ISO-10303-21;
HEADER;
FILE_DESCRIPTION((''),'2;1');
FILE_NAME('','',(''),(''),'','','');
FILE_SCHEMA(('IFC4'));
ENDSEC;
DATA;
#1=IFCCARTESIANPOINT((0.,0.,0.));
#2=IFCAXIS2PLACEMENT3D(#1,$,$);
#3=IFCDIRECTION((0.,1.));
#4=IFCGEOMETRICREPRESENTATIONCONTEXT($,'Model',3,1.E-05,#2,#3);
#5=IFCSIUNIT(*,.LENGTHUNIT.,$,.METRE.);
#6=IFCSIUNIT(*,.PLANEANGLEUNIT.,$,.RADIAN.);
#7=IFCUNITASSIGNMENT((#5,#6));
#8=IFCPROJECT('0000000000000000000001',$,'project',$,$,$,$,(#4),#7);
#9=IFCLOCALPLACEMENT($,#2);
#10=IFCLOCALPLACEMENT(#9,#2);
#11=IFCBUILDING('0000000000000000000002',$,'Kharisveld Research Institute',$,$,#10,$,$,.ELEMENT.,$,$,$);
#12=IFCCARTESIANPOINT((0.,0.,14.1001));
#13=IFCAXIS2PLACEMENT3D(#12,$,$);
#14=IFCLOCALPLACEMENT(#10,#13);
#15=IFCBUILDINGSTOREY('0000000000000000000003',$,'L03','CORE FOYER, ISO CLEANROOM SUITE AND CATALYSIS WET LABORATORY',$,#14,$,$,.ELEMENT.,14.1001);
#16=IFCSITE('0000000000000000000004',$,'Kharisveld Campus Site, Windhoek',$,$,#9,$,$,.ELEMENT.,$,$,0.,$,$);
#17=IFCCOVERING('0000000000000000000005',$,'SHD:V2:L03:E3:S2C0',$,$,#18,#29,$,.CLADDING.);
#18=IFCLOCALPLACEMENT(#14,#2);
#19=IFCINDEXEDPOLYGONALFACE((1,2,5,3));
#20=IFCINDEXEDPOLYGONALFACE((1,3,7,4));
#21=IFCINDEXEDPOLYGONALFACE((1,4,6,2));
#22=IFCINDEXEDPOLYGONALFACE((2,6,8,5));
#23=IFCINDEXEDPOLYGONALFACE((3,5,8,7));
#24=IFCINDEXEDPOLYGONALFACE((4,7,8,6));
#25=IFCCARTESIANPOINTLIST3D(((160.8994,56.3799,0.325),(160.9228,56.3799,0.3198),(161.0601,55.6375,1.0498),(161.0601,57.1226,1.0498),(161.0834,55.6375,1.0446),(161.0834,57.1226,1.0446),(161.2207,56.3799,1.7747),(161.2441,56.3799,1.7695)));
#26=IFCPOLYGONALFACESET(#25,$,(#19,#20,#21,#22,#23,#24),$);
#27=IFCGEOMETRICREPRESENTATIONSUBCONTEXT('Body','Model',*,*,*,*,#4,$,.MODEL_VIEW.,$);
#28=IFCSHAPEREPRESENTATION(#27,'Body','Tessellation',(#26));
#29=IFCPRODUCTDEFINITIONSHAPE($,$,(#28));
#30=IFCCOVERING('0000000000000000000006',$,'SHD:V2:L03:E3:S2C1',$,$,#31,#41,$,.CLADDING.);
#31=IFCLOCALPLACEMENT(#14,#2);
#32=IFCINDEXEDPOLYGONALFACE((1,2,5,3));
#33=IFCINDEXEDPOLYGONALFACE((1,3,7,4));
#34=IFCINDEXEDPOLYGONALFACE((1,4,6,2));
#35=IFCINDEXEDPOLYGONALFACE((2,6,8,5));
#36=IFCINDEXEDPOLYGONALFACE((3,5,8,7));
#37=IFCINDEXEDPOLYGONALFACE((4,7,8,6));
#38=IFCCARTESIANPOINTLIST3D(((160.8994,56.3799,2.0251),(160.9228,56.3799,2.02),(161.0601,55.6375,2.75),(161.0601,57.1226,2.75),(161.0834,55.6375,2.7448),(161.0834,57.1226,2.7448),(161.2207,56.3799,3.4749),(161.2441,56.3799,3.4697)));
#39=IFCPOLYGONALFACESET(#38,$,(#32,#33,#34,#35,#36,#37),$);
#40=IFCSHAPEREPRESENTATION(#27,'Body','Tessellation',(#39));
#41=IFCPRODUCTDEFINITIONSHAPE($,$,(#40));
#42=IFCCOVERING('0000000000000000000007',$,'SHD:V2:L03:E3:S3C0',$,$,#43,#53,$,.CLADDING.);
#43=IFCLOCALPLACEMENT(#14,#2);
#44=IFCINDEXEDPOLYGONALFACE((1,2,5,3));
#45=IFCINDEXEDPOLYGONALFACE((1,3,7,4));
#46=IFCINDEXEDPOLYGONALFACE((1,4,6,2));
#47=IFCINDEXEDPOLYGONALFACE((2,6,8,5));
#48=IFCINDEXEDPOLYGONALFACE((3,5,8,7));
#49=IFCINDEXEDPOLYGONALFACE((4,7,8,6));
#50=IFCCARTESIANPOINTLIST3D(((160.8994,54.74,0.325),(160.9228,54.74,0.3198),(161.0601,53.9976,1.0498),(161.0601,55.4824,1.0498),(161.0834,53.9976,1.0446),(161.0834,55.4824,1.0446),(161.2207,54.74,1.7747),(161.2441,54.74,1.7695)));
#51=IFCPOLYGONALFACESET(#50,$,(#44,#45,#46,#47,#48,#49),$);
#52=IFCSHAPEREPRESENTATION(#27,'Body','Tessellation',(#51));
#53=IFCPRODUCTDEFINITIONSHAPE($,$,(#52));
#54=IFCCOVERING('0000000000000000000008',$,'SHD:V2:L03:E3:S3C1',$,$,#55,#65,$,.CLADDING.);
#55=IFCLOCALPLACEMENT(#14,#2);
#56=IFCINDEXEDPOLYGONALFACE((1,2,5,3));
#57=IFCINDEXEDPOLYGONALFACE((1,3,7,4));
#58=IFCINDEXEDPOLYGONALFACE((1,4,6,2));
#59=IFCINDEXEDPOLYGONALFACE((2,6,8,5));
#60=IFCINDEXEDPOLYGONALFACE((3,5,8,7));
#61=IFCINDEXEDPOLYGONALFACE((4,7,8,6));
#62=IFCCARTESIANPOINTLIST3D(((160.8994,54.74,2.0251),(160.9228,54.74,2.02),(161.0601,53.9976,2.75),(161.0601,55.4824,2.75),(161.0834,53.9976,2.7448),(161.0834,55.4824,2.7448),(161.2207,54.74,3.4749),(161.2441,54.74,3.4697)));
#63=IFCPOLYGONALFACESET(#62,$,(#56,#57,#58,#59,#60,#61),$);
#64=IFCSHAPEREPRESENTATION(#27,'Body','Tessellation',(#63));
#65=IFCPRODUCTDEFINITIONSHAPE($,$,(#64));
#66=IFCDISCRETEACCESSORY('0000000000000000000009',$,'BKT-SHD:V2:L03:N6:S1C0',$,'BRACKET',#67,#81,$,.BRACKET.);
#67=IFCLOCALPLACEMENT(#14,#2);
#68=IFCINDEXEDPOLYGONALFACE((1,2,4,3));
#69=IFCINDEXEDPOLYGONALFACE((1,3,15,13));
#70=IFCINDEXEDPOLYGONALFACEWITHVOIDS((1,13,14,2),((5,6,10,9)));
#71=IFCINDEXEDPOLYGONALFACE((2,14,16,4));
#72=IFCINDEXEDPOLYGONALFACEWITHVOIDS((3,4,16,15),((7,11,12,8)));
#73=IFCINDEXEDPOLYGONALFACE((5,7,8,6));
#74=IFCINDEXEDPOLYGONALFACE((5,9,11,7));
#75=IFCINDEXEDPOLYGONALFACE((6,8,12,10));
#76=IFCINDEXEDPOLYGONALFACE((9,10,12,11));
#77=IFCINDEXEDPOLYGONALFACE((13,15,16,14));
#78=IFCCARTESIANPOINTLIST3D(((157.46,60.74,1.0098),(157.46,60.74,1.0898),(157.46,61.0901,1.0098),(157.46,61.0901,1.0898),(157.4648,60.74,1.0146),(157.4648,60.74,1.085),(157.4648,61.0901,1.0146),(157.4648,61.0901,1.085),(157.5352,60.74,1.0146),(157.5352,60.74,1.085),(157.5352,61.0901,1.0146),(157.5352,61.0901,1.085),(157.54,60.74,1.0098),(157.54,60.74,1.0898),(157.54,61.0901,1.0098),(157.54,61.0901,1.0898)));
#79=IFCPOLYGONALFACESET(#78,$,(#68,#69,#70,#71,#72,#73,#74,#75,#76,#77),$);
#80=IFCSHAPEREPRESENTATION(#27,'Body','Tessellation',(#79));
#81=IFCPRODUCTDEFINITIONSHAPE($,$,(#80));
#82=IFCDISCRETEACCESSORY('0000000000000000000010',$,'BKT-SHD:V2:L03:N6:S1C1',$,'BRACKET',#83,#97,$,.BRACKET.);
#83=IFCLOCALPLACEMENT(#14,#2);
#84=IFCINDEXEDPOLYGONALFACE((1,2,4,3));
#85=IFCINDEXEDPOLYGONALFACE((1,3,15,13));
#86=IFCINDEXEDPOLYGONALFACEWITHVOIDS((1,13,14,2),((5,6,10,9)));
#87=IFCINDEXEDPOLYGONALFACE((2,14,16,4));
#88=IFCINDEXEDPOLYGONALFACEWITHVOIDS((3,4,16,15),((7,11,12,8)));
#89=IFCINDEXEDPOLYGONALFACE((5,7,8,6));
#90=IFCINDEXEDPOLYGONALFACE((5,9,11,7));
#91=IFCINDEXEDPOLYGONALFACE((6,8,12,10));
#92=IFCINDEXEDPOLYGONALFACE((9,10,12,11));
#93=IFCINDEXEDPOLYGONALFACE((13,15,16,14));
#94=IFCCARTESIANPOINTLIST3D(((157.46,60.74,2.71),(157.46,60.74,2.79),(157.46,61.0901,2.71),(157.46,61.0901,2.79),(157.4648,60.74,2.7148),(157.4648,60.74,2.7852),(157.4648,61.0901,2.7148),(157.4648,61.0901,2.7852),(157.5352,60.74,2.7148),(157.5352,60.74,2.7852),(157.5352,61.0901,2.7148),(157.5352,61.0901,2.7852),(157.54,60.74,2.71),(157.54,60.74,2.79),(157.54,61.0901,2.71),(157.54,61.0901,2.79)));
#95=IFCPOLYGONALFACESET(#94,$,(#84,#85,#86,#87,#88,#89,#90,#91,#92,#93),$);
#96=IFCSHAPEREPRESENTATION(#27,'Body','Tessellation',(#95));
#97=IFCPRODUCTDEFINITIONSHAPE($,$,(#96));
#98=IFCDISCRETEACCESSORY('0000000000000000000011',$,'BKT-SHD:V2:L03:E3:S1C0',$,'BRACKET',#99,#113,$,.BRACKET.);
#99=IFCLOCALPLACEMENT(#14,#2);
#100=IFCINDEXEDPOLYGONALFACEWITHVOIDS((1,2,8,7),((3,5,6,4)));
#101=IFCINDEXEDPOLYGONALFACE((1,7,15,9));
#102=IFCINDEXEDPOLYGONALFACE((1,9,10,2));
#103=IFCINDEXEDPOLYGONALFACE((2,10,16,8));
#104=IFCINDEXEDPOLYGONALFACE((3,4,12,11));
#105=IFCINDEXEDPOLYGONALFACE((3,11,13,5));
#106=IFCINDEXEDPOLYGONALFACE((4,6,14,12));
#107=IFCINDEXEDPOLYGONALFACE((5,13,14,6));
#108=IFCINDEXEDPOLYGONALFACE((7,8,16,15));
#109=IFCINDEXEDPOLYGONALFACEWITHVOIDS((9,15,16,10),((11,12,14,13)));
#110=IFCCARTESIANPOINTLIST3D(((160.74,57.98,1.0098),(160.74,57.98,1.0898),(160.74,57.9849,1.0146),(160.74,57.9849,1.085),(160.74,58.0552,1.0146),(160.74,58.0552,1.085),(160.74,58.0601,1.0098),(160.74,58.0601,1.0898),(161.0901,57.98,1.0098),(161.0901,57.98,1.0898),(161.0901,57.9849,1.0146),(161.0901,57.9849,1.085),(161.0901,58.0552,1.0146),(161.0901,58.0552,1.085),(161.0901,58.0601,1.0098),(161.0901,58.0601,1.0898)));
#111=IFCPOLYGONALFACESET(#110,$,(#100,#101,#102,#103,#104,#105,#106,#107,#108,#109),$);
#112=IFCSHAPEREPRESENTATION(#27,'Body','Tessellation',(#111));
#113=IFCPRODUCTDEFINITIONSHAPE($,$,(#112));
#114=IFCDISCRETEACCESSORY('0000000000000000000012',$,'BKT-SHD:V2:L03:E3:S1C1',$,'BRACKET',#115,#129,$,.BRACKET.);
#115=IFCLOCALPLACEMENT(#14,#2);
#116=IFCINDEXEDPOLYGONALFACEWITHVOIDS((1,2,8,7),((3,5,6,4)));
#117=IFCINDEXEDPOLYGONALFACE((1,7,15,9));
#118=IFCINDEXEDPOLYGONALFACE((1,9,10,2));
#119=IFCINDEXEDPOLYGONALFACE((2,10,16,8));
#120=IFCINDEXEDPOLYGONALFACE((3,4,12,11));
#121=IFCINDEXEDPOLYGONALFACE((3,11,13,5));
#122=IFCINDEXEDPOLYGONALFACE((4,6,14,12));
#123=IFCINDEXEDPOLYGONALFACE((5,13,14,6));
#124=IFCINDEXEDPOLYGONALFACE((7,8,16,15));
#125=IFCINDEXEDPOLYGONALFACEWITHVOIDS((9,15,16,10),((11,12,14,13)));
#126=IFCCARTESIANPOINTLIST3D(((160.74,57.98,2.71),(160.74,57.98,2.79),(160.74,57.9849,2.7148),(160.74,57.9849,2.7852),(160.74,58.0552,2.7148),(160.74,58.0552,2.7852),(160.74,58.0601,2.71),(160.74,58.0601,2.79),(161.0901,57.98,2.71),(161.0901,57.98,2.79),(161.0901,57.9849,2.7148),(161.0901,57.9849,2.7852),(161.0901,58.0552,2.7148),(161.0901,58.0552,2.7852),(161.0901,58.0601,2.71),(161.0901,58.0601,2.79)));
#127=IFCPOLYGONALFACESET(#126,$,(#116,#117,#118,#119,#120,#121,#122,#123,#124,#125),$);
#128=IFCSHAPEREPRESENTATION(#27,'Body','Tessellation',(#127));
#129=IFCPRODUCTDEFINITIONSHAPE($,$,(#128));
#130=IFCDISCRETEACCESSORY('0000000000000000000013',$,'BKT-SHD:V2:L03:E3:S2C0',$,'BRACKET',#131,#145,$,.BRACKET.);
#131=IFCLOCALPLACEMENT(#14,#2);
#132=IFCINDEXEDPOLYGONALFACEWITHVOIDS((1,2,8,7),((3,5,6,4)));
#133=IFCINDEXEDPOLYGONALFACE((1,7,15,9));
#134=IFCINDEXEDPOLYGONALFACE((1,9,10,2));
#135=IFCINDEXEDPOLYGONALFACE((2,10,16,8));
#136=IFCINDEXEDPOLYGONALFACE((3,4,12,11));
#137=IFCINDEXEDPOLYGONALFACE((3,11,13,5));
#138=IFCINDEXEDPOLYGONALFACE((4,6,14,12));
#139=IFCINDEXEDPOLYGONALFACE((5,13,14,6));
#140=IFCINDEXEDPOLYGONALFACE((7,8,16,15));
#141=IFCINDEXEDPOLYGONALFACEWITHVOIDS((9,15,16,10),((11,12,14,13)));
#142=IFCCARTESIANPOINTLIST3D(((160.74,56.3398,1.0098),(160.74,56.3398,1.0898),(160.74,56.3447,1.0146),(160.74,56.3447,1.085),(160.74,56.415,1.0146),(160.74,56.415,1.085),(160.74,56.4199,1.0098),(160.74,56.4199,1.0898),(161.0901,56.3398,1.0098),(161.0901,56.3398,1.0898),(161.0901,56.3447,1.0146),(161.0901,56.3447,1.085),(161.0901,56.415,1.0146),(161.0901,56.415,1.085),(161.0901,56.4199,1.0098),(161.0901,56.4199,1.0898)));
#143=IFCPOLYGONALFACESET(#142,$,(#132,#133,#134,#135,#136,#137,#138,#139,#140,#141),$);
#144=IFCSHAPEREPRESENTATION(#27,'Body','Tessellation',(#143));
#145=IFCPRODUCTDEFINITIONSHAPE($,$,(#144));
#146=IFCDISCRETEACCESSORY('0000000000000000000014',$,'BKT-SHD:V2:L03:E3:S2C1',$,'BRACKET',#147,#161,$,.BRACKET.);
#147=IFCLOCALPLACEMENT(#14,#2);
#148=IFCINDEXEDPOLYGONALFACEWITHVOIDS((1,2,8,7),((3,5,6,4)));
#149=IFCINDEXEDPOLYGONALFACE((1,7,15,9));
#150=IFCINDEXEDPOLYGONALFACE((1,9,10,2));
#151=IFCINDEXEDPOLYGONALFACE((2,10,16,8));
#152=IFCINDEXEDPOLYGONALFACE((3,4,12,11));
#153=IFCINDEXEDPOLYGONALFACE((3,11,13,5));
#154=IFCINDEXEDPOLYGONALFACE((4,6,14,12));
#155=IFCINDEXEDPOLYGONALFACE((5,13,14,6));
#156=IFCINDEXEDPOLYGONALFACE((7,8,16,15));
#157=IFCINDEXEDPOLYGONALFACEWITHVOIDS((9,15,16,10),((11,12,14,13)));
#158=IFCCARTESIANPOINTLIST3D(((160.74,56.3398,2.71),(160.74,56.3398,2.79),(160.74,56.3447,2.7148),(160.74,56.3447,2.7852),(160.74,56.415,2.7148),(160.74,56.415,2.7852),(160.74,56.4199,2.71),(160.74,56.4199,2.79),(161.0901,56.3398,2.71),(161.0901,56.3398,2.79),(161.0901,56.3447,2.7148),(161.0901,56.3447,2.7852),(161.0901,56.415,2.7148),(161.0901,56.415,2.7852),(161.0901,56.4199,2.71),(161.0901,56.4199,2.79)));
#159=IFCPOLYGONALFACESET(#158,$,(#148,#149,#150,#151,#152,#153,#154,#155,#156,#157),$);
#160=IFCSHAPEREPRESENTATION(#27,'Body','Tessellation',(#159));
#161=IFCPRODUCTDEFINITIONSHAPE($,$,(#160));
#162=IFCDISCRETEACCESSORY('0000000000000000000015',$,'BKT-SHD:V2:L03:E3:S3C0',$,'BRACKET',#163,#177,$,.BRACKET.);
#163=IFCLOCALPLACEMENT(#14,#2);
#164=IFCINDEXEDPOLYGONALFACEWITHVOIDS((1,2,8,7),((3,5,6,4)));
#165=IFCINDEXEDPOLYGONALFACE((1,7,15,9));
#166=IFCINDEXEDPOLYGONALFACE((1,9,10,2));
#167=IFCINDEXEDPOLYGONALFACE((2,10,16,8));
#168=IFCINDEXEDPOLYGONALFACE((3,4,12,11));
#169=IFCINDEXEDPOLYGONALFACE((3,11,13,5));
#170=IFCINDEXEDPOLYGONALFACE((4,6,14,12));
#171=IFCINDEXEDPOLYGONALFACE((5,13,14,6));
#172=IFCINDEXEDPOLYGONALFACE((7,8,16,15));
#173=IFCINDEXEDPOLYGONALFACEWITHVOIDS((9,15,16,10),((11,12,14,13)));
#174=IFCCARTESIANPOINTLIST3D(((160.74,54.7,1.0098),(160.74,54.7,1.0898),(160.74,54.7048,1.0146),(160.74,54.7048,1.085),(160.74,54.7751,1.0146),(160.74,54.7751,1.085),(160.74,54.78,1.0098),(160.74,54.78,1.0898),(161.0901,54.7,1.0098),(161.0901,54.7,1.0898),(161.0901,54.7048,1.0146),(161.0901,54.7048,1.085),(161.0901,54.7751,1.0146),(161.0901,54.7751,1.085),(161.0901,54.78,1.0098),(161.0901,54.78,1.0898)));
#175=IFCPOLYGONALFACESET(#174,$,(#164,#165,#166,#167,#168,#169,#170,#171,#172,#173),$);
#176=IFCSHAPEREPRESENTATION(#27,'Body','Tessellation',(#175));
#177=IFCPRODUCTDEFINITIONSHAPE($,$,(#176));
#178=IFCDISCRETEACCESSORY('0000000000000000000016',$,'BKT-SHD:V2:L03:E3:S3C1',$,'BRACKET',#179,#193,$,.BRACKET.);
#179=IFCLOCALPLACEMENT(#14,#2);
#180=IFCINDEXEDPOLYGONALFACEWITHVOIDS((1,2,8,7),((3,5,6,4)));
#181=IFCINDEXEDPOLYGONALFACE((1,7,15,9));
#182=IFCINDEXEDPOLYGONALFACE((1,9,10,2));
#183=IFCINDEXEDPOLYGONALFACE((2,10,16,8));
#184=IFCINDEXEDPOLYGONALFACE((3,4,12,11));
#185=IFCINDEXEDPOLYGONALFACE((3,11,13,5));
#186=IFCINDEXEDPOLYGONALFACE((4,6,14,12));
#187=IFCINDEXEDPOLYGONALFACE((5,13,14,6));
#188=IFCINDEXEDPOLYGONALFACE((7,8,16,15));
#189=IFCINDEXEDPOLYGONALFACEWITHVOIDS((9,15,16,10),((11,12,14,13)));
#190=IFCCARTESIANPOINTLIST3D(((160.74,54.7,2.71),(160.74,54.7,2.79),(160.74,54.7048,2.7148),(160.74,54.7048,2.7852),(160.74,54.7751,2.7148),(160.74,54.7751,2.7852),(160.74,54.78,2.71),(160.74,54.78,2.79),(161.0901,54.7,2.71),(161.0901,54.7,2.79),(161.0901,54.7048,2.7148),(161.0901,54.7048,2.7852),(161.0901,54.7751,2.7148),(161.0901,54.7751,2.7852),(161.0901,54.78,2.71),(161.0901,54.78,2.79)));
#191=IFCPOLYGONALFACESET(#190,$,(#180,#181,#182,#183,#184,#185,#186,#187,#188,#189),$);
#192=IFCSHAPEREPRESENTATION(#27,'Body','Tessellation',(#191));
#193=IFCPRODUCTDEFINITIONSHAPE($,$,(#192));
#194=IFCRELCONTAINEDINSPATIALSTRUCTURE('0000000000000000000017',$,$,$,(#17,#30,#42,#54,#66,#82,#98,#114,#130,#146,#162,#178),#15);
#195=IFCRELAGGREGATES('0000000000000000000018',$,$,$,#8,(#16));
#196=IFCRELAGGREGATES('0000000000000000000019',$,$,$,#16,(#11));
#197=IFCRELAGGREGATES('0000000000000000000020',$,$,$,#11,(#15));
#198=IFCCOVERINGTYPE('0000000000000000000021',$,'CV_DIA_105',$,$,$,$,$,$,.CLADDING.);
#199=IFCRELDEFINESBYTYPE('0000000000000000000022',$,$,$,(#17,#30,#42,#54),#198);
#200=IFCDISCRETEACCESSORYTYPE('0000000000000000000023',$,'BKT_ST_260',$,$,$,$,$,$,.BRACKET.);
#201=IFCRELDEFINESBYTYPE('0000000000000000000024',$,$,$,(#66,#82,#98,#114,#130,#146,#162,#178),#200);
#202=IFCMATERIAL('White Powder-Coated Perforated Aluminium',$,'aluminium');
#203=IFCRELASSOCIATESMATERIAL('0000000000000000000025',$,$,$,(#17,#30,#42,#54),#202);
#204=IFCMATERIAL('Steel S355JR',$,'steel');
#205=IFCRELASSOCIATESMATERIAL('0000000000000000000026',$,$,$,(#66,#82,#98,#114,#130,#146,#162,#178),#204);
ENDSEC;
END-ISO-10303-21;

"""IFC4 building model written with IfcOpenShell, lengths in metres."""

from ifc_helpers import new_model, si_unit, direction, frame, origin, origin_2d, place, context, subcontext, project, spatial, polyline, hollow_rectangle, outline, extrude, material, type_object, element, save


model = new_model("IFC4")

# Units and contexts
model_context = context("Model", 3, precision=1e-05, world=origin(), true_north=direction((0.0, 1.0)))
body_context = subcontext(model_context, "Body", "Model", "MODEL_VIEW")
ifc_project = project(units=[si_unit("LENGTHUNIT", "METRE"), si_unit("PLANEANGLEUNIT", "RADIAN")], contexts=[model_context])

# Site, building, storey
site_placement = place(None, origin())
site = spatial("IfcSite", under=ifc_project, at=site_placement, Name="Kharisveld Campus Site, Windhoek", CompositionType="ELEMENT", RefElevation=0.0)
building_placement = place(site_placement, origin())
building = spatial("IfcBuilding", under=site, at=building_placement, Name="Kharisveld Research Institute", CompositionType="ELEMENT")
storey_placement = place(building_placement, frame((0.0, 0.0, 14.1001)))
storey = spatial("IfcBuildingStorey", under=building, at=storey_placement, Name="L03", Description="CORE FOYER, ISO CLEANROOM SUITE AND CATALYSIS WET LABORATORY", CompositionType="ELEMENT", Elevation=14.1001)

# Coverings
ifc_material_1 = material(Name="White Powder-Coated Perforated Aluminium", Category="aluminium")
covering_type = type_object("IfcCoveringType", Name="CV_DIA_105", PredefinedType="CLADDING")
for number, where, z_axis, x_axis, name in (
    (1, (160.8994, 56.3799, 0.325), (-0.976311, 0.0, 0.216373), (0.153, -0.707102, 0.69036), "SHD:V2:L03:E3:S2C0"),
    (2, (160.8994, 56.3799, 2.0251), (-0.976311, 0.0, 0.216373), (0.153, -0.707102, 0.69036), "SHD:V2:L03:E3:S2C1"),
):
    element("IfcCovering", number, at=place(storey_placement, frame(where, z_axis=z_axis, x_axis=x_axis)), inside=storey, type_object=covering_type, material=ifc_material_1, Name=name, PredefinedType="CLADDING", context=body_context, shape_type="SweptSolid", body=[
        extrude(outline(polyline([(0.0, 0.0), (1.05, 0.0), (1.05, 1.05), (-0.0002, 1.0501), (0.0, 0.0)])), origin(), (0.0, 0.0, -1.0), 0.0239),
    ])
for number, where, z_axis, x_axis, name in (
    (3, (160.8994, 54.74, 0.325), (-0.976311, 0.0, 0.216373), (0.153, -0.707102, 0.69036), "SHD:V2:L03:E3:S3C0"),
    (4, (160.8994, 54.74, 2.0251), (-0.976311, 0.0, 0.216373), (0.153, -0.707102, 0.69036), "SHD:V2:L03:E3:S3C1"),
):
    element("IfcCovering", number, at=place(storey_placement, frame(where, z_axis=z_axis, x_axis=x_axis)), inside=storey, type_object=covering_type, material=ifc_material_1, Name=name, PredefinedType="CLADDING", context=body_context, shape_type="SweptSolid", body=[
        extrude(outline(polyline([(0.0, 0.0), (1.05, 0.0), (1.05, 1.05), (0.0, 1.05), (0.0, 0.0)])), origin(), (0.0, 0.0, -1.0), 0.0239),
    ])

# Discrete accessories
ifc_material_2 = material(Name="Steel S355JR", Category="steel")
discrete_accessory_type = type_object("IfcDiscreteAccessoryType", Name="BKT_ST_260", PredefinedType="BRACKET")
for number, where, z_axis, x_axis, name in (
    (5, (157.5, 60.74, 1.0498), (0.0, 1.0, 0.0), (-1.0, 0.0, 0.0), "BKT-SHD:V2:L03:N6:S1C0"),
    (6, (157.5, 60.74, 2.75), (0.0, 1.0, 0.0), (-1.0, 0.0, 0.0), "BKT-SHD:V2:L03:N6:S1C1"),
    (7, (160.74, 58.02, 1.0498), (1.0, 0.0, 0.0), (0.0, 1.0, 0.0), "BKT-SHD:V2:L03:E3:S1C0"),
    (8, (160.74, 58.02, 2.75), (1.0, 0.0, 0.0), (0.0, 1.0, 0.0), "BKT-SHD:V2:L03:E3:S1C1"),
    (9, (160.74, 56.3799, 1.0498), (1.0, 0.0, 0.0), (0.0, 1.0, 0.0), "BKT-SHD:V2:L03:E3:S2C0"),
    (10, (160.74, 56.3799, 2.75), (1.0, 0.0, 0.0), (0.0, 1.0, 0.0), "BKT-SHD:V2:L03:E3:S2C1"),
    (11, (160.74, 54.74, 1.0498), (1.0, 0.0, 0.0), (0.0, 1.0, 0.0), "BKT-SHD:V2:L03:E3:S3C0"),
    (12, (160.74, 54.74, 2.75), (1.0, 0.0, 0.0), (0.0, 1.0, 0.0), "BKT-SHD:V2:L03:E3:S3C1"),
):
    element("IfcDiscreteAccessory", number, at=place(storey_placement, frame(where, z_axis=z_axis, x_axis=x_axis)), inside=storey, type_object=discrete_accessory_type, material=ifc_material_2, Name=name, ObjectType="BRACKET", PredefinedType="BRACKET", context=body_context, shape_type="SweptSolid", body=[
        extrude(hollow_rectangle(XDim=0.0801, YDim=0.0801, WallThickness=0.0049, at=origin_2d()), origin(), (0.0, 0.0, 1.0), 0.3501),
    ])

save(model, "model.ifc")
